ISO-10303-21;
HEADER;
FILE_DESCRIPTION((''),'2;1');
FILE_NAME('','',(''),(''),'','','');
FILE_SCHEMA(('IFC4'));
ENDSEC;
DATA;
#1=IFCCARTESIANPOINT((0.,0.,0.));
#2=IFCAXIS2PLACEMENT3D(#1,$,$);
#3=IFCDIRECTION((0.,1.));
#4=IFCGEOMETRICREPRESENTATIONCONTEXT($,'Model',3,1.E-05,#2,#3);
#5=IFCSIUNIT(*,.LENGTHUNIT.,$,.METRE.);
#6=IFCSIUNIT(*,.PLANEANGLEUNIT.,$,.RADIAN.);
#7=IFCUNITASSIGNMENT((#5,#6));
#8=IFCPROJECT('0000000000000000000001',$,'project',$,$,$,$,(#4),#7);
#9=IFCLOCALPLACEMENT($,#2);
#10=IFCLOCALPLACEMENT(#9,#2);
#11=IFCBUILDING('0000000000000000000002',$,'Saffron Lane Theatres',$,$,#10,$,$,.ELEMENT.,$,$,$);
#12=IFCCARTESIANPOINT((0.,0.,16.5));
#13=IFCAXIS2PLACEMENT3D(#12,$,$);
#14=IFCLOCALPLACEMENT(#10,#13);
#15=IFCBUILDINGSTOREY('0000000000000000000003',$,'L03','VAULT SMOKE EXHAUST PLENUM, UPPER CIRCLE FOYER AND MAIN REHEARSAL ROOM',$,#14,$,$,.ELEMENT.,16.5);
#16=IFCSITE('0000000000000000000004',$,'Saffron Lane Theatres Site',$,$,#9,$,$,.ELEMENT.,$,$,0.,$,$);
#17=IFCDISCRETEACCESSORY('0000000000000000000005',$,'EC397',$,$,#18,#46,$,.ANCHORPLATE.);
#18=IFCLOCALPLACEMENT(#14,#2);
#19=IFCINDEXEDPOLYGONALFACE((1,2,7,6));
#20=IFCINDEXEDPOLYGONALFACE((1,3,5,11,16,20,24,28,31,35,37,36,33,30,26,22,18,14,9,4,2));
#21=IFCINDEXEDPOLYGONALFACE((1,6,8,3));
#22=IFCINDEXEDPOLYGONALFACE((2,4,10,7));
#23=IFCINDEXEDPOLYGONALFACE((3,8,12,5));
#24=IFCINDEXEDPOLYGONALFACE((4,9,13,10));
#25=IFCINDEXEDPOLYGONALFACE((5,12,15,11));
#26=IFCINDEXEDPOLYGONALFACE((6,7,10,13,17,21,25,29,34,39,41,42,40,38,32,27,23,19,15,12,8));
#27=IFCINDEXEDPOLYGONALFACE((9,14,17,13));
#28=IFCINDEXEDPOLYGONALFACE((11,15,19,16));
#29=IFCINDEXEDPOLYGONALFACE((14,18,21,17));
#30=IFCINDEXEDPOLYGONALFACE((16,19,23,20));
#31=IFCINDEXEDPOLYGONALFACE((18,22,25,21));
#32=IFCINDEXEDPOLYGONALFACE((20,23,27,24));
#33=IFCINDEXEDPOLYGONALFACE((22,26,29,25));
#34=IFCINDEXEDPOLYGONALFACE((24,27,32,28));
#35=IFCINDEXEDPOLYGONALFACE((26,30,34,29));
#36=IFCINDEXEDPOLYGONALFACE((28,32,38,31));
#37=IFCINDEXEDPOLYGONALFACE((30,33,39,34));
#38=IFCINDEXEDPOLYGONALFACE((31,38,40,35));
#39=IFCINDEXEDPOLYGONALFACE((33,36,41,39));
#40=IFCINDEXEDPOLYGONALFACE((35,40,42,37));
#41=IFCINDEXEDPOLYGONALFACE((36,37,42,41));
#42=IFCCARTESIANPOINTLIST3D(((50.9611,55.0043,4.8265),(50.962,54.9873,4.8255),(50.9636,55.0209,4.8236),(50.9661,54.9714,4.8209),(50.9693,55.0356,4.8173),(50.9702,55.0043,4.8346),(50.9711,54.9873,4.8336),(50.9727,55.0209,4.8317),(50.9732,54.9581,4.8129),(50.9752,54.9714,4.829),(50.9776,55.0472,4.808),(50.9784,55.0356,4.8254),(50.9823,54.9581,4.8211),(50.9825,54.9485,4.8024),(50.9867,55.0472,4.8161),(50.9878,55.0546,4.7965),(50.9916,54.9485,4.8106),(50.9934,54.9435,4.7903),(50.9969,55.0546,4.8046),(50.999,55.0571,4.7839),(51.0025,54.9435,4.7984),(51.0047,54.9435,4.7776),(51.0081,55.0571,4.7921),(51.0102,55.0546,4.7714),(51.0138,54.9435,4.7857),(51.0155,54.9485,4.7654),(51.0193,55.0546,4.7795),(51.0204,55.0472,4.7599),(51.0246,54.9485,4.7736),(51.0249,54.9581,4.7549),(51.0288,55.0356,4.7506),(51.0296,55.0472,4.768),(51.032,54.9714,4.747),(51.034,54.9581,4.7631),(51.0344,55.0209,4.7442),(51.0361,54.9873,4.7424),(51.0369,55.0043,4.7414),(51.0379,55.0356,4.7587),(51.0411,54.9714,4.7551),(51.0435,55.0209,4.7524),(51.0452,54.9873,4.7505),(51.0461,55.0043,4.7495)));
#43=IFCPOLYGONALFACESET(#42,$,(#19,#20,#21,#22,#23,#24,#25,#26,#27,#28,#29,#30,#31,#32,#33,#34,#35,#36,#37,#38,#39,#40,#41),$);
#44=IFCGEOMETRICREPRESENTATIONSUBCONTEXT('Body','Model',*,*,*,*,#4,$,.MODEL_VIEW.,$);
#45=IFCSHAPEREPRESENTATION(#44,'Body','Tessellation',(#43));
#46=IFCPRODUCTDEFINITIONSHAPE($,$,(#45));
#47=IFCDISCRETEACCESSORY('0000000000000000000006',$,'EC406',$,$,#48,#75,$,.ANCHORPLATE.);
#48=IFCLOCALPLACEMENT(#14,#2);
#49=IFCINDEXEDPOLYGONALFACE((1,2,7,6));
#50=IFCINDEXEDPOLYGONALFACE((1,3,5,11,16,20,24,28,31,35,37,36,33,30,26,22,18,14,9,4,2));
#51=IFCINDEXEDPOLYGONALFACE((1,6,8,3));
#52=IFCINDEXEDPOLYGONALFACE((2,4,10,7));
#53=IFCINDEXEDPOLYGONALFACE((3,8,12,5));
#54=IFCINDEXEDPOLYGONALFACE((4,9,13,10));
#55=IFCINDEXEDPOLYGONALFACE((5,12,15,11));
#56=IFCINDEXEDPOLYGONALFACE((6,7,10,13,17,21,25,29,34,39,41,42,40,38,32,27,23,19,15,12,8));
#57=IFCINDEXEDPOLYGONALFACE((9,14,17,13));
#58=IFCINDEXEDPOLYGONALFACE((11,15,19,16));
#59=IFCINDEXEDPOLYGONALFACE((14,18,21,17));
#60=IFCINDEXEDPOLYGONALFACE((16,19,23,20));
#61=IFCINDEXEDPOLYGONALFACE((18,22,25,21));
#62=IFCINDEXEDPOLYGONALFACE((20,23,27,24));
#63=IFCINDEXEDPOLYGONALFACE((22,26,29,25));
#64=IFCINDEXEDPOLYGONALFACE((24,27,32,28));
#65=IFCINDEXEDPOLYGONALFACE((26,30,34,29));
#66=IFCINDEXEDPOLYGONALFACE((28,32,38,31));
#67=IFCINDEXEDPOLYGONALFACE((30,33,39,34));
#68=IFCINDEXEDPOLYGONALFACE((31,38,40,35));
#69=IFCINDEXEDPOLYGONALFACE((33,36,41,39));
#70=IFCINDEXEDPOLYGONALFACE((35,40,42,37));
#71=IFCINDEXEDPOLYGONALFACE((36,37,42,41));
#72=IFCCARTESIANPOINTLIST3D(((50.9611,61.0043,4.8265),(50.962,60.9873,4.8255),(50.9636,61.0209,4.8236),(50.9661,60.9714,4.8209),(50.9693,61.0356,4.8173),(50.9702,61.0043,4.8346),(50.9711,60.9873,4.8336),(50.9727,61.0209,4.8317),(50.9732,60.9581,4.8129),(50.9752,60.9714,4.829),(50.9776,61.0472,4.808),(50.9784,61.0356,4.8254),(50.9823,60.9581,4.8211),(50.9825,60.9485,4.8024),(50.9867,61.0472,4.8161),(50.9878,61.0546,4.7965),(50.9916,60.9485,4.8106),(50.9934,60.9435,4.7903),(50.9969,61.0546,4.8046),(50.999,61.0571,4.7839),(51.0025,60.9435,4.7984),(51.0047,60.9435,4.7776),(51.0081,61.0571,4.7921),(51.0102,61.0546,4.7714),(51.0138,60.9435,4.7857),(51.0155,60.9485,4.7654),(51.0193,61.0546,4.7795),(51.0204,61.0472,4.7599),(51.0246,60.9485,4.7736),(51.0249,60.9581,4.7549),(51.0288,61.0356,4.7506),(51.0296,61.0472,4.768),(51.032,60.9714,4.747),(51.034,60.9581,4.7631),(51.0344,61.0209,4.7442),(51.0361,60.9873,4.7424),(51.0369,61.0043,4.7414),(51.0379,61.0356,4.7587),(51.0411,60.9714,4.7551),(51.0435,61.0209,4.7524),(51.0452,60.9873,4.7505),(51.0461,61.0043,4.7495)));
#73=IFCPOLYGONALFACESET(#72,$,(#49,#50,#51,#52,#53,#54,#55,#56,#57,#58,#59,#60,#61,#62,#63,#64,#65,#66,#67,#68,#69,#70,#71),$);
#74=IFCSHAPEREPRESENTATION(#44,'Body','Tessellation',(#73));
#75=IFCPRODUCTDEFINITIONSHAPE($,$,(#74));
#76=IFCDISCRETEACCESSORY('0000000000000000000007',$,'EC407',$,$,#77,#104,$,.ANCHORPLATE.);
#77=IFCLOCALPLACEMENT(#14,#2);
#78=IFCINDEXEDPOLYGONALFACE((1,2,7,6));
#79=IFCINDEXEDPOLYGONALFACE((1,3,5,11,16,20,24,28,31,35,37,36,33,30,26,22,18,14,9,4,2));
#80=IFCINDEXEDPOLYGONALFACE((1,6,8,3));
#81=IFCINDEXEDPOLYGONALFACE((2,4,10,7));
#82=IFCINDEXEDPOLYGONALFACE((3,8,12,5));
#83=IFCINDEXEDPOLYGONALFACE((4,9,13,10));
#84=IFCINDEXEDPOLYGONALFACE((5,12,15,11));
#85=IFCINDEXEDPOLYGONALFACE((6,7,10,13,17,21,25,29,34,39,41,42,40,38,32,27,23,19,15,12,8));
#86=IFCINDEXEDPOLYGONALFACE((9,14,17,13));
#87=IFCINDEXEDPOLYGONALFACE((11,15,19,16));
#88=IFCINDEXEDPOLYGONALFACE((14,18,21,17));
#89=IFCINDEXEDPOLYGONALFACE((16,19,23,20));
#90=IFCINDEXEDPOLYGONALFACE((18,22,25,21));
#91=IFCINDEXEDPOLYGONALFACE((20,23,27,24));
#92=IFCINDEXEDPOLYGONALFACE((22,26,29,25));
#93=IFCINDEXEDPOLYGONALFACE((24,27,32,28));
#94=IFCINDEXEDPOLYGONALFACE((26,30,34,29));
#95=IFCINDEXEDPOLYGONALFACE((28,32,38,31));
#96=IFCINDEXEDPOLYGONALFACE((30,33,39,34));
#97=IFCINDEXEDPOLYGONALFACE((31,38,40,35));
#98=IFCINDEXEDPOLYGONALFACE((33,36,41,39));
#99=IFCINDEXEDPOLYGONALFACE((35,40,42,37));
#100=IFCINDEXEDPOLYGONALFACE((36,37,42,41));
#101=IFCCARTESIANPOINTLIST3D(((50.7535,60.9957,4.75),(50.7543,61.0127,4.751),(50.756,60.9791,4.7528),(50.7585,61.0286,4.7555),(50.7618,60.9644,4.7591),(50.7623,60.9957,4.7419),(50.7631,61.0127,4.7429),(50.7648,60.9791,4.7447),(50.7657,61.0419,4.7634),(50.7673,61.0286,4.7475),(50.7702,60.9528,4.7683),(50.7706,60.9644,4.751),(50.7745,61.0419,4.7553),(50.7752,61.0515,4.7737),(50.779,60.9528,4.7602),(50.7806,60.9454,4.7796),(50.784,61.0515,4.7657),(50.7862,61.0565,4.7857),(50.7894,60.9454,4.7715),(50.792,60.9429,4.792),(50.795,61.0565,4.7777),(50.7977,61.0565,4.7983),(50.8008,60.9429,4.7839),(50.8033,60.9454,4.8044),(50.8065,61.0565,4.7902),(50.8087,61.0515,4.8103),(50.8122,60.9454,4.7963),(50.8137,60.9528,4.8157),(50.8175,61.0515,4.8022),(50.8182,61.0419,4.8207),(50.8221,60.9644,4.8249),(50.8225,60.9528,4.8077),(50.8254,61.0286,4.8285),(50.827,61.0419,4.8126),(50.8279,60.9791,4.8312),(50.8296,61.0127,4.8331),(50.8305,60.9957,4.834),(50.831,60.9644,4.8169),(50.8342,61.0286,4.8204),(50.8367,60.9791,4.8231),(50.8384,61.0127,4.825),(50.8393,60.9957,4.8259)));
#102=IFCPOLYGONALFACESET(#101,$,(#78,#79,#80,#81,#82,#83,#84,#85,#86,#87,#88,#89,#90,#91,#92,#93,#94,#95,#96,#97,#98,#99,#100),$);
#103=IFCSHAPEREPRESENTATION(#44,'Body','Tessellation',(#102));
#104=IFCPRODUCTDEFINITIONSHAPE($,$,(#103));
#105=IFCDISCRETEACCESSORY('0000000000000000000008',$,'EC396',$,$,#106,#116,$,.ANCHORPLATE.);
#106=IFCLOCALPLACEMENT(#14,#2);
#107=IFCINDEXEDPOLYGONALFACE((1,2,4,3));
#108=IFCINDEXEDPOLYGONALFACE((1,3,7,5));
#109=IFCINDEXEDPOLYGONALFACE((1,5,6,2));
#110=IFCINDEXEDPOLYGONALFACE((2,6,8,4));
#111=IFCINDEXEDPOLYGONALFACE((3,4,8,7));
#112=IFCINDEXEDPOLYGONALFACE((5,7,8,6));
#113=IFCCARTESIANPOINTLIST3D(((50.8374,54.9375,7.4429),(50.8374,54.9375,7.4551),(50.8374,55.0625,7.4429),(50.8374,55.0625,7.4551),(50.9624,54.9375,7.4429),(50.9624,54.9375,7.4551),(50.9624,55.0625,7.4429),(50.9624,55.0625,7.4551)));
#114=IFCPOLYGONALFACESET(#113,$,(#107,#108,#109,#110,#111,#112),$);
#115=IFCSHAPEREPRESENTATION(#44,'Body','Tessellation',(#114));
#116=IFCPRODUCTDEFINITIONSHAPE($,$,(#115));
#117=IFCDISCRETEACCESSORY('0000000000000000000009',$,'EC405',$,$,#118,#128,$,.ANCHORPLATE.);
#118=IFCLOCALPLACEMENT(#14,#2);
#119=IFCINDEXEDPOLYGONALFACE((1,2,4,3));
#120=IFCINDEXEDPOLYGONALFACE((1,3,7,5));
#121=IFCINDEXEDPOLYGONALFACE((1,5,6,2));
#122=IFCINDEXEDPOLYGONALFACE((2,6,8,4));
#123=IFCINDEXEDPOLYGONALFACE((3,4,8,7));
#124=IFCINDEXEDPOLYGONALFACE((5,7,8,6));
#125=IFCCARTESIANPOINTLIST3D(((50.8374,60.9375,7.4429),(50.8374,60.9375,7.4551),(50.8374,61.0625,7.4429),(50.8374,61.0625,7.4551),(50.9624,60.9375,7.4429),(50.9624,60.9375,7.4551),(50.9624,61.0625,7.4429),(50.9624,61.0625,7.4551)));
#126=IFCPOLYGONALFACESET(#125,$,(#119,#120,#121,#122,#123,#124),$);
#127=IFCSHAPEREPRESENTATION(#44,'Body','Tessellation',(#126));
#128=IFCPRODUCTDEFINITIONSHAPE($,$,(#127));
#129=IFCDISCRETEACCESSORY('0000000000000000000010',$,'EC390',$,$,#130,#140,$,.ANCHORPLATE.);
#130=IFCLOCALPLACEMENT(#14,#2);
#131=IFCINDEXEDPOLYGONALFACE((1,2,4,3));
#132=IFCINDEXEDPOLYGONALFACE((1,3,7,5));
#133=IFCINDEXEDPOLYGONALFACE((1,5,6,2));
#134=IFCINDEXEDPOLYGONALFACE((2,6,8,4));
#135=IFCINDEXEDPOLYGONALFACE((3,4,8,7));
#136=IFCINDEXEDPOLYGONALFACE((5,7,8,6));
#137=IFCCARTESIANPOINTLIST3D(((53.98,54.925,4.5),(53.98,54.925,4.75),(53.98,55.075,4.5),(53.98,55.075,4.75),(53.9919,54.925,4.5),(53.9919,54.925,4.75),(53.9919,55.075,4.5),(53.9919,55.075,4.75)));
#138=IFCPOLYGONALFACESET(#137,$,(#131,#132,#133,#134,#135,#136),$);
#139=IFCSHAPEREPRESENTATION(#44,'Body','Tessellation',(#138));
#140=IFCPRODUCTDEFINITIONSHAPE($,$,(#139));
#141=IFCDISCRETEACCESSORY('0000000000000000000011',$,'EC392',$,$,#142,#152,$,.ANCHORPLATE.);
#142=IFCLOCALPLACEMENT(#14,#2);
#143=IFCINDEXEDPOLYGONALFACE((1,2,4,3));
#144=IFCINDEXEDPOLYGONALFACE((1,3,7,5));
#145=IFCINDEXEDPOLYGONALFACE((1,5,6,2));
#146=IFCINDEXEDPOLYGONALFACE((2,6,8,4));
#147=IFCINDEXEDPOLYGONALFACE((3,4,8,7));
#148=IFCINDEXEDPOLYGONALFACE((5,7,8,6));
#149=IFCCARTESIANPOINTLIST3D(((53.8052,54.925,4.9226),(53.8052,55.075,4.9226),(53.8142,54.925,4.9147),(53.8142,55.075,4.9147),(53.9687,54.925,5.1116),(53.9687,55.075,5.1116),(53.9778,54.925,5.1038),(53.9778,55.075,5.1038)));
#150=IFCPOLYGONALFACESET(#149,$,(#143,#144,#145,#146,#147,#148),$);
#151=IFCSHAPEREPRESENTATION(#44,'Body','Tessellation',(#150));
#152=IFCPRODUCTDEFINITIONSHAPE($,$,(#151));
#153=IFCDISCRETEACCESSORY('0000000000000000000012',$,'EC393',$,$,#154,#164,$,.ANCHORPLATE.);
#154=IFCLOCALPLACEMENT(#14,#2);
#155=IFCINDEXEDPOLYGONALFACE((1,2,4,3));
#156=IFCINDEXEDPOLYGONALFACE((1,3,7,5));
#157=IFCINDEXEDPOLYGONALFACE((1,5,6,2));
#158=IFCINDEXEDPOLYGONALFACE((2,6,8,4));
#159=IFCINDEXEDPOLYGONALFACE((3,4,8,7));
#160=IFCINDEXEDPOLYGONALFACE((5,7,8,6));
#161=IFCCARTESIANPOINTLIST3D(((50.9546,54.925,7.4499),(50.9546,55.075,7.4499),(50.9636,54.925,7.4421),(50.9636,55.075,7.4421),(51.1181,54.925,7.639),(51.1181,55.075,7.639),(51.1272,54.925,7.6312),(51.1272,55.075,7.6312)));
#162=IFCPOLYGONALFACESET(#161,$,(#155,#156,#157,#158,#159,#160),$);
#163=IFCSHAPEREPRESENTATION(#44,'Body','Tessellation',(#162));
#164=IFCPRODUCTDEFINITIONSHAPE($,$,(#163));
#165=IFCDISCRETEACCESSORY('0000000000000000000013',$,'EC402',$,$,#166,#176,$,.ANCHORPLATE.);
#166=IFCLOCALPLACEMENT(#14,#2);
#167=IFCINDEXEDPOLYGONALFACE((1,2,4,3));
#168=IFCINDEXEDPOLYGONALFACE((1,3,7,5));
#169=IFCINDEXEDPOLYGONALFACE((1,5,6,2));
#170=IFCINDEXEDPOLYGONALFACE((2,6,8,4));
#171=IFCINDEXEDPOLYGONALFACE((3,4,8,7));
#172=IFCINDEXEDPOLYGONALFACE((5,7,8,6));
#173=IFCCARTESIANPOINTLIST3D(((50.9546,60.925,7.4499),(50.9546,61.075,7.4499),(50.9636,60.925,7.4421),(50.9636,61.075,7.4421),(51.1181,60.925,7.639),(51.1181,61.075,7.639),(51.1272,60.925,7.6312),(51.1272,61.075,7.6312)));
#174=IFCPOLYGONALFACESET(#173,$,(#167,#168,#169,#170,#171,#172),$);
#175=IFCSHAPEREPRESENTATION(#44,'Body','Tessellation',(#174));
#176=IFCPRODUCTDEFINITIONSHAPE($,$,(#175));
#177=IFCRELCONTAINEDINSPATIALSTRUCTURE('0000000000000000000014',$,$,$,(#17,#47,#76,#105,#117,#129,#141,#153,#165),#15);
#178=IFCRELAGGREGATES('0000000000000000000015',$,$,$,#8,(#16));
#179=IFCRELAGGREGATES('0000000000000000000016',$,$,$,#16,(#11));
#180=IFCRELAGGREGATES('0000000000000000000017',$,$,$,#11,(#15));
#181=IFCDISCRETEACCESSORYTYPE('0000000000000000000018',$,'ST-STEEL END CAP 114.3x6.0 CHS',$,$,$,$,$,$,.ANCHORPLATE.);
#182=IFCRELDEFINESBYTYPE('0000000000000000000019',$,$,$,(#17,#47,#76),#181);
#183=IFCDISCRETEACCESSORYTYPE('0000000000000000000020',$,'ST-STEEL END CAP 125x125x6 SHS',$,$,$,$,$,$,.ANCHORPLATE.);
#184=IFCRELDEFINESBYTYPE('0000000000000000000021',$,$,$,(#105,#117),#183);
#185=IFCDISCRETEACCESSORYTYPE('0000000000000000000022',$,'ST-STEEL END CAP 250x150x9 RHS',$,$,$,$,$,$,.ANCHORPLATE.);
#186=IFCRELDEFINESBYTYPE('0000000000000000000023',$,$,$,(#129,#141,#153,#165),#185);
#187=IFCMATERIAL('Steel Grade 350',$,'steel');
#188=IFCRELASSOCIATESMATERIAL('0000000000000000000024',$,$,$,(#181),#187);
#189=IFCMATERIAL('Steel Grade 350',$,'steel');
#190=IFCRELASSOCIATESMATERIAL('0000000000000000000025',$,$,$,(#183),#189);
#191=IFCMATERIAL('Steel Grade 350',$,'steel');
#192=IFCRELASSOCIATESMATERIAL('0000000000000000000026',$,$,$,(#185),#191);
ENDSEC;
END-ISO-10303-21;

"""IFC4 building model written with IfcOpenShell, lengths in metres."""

from ifc_helpers import new_model, si_unit, direction, frame, origin, origin_2d, place, context, subcontext, project, spatial, rectangle, circle, extrude, material, material_profile, profile_set, type_object, element, save


model = new_model("IFC4")

# Units and contexts
model_context = context("Model", 3, precision=1e-05, world=origin(), true_north=direction((0.0, 1.0)))
body_context = subcontext(model_context, "Body", "Model", "MODEL_VIEW")
ifc_project = project(units=[si_unit("LENGTHUNIT", "METRE"), si_unit("PLANEANGLEUNIT", "RADIAN")], contexts=[model_context])

# Site, building, storey
site_placement = place(None, origin())
site = spatial("IfcSite", under=ifc_project, at=site_placement, Name="Saffron Lane Theatres Site", CompositionType="ELEMENT", RefElevation=0.0)
building_placement = place(site_placement, origin())
building = spatial("IfcBuilding", under=site, at=building_placement, Name="Saffron Lane Theatres", CompositionType="ELEMENT")
storey_placement = place(building_placement, frame((0.0, 0.0, 16.5)))
storey = spatial("IfcBuildingStorey", under=building, at=storey_placement, Name="L03", Description="VAULT SMOKE EXHAUST PLENUM, UPPER CIRCLE FOYER AND MAIN REHEARSAL ROOM", CompositionType="ELEMENT", Elevation=16.5)

# Discrete accessories
ifc_material_1 = material(Name="Steel Grade 350", Category="steel")
ifc_material_profile_1 = material_profile(ifc_material_1, circle(Radius=0.0571, at=origin_2d()))
ifc_profile_set_1 = profile_set([ifc_material_profile_1], Name="Steel Grade 350")
discrete_accessory_type_1 = type_object("IfcDiscreteAccessoryType", Name="ST-STEEL END CAP 114.3x6.0 CHS", PredefinedType="ANCHORPLATE", material=ifc_profile_set_1)
for number, where, z_axis, x_axis, name in (
    (1, (50.999, 55.0, 4.7839), (0.746295, 0.0, 0.665615), (0.0, 1.0, 0.0), "EC397"),
    (2, (50.999, 61.0, 4.7839), (0.746295, 0.0, 0.665615), (0.0, 1.0, 0.0), "EC406"),
):
    element("IfcDiscreteAccessory", number, at=place(storey_placement, frame(where, z_axis=z_axis, x_axis=x_axis)), inside=storey, type_object=discrete_accessory_type_1, Name=name, PredefinedType="ANCHORPLATE", context=body_context, shape_type="SweptSolid", body=[
        extrude(circle(Radius=0.0571, at=origin_2d()), origin(), (0.0, 0.0, 1.0), 0.0122),
    ])
discrete_accessory_placement = place(storey_placement, frame((50.8008, 61.0, 4.7839), z_axis=(-0.737154, 0.0, 0.675725), x_axis=(0.0, -1.0, 0.0)))
element("IfcDiscreteAccessory", 3, at=discrete_accessory_placement, inside=storey, type_object=discrete_accessory_type_1, Name="EC407", PredefinedType="ANCHORPLATE", context=body_context, shape_type="SweptSolid", body=[
    extrude(circle(Radius=0.0571, at=origin_2d()), origin(), (0.0, 0.0, 1.0), 0.012),
])
ifc_material_2 = material(Name="Steel Grade 350", Category="steel")
ifc_material_profile_2 = material_profile(ifc_material_2, rectangle(XDim=0.125, YDim=0.125, at=origin_2d()))
ifc_profile_set_2 = profile_set([ifc_material_profile_2], Name="Steel Grade 350")
discrete_accessory_type_2 = type_object("IfcDiscreteAccessoryType", Name="ST-STEEL END CAP 125x125x6 SHS", PredefinedType="ANCHORPLATE", material=ifc_profile_set_2)
for number, where, z_axis, x_axis, name in (
    (4, (50.8999, 55.0, 7.4429), (0.0, 0.0, 1.0), (1.0, 0.0, 0.0), "EC396"),
    (5, (50.8999, 61.0, 7.4429), (0.0, 0.0, 1.0), (1.0, 0.0, 0.0), "EC405"),
):
    element("IfcDiscreteAccessory", number, at=place(storey_placement, frame(where, z_axis=z_axis, x_axis=x_axis)), inside=storey, type_object=discrete_accessory_type_2, Name=name, PredefinedType="ANCHORPLATE", context=body_context, shape_type="SweptSolid", body=[
        extrude(rectangle(XDim=0.125, YDim=0.125, at=origin_2d()), origin(), (0.0, 0.0, 1.0), 0.0122),
    ])
ifc_material_3 = material(Name="Steel Grade 350", Category="steel")
ifc_material_profile_3 = material_profile(ifc_material_3, rectangle(XDim=0.1499, YDim=0.25, at=origin_2d()))
ifc_profile_set_3 = profile_set([ifc_material_profile_3], Name="Steel Grade 350")
discrete_accessory_type_3 = type_object("IfcDiscreteAccessoryType", Name="ST-STEEL END CAP 250x150x9 RHS", PredefinedType="ANCHORPLATE", material=ifc_profile_set_3)
for number, where, z_axis, x_axis, name in (
    (6, (53.9919, 55.0, 4.625), (-1.0, 0.0, 0.0), (0.0, -1.0, 0.0), "EC390"),
    (7, (53.896, 55.0, 5.0093), (-0.756363, 0.0, 0.654152), (0.0, -1.0, 0.0), "EC392"),
    (8, (51.0454, 55.0, 7.5366), (-0.756363, 0.0, 0.654152), (0.0, -1.0, 0.0), "EC393"),
    (9, (51.0454, 61.0, 7.5366), (-0.756363, 0.0, 0.654152), (0.0, -1.0, 0.0), "EC402"),
):
    element("IfcDiscreteAccessory", number, at=place(storey_placement, frame(where, z_axis=z_axis, x_axis=x_axis)), inside=storey, type_object=discrete_accessory_type_3, Name=name, PredefinedType="ANCHORPLATE", context=body_context, shape_type="SweptSolid", body=[
        extrude(rectangle(XDim=0.1499, YDim=0.25, at=origin_2d()), origin(), (0.0, 0.0, 1.0), 0.012),
    ])

save(model, "model.ifc")
